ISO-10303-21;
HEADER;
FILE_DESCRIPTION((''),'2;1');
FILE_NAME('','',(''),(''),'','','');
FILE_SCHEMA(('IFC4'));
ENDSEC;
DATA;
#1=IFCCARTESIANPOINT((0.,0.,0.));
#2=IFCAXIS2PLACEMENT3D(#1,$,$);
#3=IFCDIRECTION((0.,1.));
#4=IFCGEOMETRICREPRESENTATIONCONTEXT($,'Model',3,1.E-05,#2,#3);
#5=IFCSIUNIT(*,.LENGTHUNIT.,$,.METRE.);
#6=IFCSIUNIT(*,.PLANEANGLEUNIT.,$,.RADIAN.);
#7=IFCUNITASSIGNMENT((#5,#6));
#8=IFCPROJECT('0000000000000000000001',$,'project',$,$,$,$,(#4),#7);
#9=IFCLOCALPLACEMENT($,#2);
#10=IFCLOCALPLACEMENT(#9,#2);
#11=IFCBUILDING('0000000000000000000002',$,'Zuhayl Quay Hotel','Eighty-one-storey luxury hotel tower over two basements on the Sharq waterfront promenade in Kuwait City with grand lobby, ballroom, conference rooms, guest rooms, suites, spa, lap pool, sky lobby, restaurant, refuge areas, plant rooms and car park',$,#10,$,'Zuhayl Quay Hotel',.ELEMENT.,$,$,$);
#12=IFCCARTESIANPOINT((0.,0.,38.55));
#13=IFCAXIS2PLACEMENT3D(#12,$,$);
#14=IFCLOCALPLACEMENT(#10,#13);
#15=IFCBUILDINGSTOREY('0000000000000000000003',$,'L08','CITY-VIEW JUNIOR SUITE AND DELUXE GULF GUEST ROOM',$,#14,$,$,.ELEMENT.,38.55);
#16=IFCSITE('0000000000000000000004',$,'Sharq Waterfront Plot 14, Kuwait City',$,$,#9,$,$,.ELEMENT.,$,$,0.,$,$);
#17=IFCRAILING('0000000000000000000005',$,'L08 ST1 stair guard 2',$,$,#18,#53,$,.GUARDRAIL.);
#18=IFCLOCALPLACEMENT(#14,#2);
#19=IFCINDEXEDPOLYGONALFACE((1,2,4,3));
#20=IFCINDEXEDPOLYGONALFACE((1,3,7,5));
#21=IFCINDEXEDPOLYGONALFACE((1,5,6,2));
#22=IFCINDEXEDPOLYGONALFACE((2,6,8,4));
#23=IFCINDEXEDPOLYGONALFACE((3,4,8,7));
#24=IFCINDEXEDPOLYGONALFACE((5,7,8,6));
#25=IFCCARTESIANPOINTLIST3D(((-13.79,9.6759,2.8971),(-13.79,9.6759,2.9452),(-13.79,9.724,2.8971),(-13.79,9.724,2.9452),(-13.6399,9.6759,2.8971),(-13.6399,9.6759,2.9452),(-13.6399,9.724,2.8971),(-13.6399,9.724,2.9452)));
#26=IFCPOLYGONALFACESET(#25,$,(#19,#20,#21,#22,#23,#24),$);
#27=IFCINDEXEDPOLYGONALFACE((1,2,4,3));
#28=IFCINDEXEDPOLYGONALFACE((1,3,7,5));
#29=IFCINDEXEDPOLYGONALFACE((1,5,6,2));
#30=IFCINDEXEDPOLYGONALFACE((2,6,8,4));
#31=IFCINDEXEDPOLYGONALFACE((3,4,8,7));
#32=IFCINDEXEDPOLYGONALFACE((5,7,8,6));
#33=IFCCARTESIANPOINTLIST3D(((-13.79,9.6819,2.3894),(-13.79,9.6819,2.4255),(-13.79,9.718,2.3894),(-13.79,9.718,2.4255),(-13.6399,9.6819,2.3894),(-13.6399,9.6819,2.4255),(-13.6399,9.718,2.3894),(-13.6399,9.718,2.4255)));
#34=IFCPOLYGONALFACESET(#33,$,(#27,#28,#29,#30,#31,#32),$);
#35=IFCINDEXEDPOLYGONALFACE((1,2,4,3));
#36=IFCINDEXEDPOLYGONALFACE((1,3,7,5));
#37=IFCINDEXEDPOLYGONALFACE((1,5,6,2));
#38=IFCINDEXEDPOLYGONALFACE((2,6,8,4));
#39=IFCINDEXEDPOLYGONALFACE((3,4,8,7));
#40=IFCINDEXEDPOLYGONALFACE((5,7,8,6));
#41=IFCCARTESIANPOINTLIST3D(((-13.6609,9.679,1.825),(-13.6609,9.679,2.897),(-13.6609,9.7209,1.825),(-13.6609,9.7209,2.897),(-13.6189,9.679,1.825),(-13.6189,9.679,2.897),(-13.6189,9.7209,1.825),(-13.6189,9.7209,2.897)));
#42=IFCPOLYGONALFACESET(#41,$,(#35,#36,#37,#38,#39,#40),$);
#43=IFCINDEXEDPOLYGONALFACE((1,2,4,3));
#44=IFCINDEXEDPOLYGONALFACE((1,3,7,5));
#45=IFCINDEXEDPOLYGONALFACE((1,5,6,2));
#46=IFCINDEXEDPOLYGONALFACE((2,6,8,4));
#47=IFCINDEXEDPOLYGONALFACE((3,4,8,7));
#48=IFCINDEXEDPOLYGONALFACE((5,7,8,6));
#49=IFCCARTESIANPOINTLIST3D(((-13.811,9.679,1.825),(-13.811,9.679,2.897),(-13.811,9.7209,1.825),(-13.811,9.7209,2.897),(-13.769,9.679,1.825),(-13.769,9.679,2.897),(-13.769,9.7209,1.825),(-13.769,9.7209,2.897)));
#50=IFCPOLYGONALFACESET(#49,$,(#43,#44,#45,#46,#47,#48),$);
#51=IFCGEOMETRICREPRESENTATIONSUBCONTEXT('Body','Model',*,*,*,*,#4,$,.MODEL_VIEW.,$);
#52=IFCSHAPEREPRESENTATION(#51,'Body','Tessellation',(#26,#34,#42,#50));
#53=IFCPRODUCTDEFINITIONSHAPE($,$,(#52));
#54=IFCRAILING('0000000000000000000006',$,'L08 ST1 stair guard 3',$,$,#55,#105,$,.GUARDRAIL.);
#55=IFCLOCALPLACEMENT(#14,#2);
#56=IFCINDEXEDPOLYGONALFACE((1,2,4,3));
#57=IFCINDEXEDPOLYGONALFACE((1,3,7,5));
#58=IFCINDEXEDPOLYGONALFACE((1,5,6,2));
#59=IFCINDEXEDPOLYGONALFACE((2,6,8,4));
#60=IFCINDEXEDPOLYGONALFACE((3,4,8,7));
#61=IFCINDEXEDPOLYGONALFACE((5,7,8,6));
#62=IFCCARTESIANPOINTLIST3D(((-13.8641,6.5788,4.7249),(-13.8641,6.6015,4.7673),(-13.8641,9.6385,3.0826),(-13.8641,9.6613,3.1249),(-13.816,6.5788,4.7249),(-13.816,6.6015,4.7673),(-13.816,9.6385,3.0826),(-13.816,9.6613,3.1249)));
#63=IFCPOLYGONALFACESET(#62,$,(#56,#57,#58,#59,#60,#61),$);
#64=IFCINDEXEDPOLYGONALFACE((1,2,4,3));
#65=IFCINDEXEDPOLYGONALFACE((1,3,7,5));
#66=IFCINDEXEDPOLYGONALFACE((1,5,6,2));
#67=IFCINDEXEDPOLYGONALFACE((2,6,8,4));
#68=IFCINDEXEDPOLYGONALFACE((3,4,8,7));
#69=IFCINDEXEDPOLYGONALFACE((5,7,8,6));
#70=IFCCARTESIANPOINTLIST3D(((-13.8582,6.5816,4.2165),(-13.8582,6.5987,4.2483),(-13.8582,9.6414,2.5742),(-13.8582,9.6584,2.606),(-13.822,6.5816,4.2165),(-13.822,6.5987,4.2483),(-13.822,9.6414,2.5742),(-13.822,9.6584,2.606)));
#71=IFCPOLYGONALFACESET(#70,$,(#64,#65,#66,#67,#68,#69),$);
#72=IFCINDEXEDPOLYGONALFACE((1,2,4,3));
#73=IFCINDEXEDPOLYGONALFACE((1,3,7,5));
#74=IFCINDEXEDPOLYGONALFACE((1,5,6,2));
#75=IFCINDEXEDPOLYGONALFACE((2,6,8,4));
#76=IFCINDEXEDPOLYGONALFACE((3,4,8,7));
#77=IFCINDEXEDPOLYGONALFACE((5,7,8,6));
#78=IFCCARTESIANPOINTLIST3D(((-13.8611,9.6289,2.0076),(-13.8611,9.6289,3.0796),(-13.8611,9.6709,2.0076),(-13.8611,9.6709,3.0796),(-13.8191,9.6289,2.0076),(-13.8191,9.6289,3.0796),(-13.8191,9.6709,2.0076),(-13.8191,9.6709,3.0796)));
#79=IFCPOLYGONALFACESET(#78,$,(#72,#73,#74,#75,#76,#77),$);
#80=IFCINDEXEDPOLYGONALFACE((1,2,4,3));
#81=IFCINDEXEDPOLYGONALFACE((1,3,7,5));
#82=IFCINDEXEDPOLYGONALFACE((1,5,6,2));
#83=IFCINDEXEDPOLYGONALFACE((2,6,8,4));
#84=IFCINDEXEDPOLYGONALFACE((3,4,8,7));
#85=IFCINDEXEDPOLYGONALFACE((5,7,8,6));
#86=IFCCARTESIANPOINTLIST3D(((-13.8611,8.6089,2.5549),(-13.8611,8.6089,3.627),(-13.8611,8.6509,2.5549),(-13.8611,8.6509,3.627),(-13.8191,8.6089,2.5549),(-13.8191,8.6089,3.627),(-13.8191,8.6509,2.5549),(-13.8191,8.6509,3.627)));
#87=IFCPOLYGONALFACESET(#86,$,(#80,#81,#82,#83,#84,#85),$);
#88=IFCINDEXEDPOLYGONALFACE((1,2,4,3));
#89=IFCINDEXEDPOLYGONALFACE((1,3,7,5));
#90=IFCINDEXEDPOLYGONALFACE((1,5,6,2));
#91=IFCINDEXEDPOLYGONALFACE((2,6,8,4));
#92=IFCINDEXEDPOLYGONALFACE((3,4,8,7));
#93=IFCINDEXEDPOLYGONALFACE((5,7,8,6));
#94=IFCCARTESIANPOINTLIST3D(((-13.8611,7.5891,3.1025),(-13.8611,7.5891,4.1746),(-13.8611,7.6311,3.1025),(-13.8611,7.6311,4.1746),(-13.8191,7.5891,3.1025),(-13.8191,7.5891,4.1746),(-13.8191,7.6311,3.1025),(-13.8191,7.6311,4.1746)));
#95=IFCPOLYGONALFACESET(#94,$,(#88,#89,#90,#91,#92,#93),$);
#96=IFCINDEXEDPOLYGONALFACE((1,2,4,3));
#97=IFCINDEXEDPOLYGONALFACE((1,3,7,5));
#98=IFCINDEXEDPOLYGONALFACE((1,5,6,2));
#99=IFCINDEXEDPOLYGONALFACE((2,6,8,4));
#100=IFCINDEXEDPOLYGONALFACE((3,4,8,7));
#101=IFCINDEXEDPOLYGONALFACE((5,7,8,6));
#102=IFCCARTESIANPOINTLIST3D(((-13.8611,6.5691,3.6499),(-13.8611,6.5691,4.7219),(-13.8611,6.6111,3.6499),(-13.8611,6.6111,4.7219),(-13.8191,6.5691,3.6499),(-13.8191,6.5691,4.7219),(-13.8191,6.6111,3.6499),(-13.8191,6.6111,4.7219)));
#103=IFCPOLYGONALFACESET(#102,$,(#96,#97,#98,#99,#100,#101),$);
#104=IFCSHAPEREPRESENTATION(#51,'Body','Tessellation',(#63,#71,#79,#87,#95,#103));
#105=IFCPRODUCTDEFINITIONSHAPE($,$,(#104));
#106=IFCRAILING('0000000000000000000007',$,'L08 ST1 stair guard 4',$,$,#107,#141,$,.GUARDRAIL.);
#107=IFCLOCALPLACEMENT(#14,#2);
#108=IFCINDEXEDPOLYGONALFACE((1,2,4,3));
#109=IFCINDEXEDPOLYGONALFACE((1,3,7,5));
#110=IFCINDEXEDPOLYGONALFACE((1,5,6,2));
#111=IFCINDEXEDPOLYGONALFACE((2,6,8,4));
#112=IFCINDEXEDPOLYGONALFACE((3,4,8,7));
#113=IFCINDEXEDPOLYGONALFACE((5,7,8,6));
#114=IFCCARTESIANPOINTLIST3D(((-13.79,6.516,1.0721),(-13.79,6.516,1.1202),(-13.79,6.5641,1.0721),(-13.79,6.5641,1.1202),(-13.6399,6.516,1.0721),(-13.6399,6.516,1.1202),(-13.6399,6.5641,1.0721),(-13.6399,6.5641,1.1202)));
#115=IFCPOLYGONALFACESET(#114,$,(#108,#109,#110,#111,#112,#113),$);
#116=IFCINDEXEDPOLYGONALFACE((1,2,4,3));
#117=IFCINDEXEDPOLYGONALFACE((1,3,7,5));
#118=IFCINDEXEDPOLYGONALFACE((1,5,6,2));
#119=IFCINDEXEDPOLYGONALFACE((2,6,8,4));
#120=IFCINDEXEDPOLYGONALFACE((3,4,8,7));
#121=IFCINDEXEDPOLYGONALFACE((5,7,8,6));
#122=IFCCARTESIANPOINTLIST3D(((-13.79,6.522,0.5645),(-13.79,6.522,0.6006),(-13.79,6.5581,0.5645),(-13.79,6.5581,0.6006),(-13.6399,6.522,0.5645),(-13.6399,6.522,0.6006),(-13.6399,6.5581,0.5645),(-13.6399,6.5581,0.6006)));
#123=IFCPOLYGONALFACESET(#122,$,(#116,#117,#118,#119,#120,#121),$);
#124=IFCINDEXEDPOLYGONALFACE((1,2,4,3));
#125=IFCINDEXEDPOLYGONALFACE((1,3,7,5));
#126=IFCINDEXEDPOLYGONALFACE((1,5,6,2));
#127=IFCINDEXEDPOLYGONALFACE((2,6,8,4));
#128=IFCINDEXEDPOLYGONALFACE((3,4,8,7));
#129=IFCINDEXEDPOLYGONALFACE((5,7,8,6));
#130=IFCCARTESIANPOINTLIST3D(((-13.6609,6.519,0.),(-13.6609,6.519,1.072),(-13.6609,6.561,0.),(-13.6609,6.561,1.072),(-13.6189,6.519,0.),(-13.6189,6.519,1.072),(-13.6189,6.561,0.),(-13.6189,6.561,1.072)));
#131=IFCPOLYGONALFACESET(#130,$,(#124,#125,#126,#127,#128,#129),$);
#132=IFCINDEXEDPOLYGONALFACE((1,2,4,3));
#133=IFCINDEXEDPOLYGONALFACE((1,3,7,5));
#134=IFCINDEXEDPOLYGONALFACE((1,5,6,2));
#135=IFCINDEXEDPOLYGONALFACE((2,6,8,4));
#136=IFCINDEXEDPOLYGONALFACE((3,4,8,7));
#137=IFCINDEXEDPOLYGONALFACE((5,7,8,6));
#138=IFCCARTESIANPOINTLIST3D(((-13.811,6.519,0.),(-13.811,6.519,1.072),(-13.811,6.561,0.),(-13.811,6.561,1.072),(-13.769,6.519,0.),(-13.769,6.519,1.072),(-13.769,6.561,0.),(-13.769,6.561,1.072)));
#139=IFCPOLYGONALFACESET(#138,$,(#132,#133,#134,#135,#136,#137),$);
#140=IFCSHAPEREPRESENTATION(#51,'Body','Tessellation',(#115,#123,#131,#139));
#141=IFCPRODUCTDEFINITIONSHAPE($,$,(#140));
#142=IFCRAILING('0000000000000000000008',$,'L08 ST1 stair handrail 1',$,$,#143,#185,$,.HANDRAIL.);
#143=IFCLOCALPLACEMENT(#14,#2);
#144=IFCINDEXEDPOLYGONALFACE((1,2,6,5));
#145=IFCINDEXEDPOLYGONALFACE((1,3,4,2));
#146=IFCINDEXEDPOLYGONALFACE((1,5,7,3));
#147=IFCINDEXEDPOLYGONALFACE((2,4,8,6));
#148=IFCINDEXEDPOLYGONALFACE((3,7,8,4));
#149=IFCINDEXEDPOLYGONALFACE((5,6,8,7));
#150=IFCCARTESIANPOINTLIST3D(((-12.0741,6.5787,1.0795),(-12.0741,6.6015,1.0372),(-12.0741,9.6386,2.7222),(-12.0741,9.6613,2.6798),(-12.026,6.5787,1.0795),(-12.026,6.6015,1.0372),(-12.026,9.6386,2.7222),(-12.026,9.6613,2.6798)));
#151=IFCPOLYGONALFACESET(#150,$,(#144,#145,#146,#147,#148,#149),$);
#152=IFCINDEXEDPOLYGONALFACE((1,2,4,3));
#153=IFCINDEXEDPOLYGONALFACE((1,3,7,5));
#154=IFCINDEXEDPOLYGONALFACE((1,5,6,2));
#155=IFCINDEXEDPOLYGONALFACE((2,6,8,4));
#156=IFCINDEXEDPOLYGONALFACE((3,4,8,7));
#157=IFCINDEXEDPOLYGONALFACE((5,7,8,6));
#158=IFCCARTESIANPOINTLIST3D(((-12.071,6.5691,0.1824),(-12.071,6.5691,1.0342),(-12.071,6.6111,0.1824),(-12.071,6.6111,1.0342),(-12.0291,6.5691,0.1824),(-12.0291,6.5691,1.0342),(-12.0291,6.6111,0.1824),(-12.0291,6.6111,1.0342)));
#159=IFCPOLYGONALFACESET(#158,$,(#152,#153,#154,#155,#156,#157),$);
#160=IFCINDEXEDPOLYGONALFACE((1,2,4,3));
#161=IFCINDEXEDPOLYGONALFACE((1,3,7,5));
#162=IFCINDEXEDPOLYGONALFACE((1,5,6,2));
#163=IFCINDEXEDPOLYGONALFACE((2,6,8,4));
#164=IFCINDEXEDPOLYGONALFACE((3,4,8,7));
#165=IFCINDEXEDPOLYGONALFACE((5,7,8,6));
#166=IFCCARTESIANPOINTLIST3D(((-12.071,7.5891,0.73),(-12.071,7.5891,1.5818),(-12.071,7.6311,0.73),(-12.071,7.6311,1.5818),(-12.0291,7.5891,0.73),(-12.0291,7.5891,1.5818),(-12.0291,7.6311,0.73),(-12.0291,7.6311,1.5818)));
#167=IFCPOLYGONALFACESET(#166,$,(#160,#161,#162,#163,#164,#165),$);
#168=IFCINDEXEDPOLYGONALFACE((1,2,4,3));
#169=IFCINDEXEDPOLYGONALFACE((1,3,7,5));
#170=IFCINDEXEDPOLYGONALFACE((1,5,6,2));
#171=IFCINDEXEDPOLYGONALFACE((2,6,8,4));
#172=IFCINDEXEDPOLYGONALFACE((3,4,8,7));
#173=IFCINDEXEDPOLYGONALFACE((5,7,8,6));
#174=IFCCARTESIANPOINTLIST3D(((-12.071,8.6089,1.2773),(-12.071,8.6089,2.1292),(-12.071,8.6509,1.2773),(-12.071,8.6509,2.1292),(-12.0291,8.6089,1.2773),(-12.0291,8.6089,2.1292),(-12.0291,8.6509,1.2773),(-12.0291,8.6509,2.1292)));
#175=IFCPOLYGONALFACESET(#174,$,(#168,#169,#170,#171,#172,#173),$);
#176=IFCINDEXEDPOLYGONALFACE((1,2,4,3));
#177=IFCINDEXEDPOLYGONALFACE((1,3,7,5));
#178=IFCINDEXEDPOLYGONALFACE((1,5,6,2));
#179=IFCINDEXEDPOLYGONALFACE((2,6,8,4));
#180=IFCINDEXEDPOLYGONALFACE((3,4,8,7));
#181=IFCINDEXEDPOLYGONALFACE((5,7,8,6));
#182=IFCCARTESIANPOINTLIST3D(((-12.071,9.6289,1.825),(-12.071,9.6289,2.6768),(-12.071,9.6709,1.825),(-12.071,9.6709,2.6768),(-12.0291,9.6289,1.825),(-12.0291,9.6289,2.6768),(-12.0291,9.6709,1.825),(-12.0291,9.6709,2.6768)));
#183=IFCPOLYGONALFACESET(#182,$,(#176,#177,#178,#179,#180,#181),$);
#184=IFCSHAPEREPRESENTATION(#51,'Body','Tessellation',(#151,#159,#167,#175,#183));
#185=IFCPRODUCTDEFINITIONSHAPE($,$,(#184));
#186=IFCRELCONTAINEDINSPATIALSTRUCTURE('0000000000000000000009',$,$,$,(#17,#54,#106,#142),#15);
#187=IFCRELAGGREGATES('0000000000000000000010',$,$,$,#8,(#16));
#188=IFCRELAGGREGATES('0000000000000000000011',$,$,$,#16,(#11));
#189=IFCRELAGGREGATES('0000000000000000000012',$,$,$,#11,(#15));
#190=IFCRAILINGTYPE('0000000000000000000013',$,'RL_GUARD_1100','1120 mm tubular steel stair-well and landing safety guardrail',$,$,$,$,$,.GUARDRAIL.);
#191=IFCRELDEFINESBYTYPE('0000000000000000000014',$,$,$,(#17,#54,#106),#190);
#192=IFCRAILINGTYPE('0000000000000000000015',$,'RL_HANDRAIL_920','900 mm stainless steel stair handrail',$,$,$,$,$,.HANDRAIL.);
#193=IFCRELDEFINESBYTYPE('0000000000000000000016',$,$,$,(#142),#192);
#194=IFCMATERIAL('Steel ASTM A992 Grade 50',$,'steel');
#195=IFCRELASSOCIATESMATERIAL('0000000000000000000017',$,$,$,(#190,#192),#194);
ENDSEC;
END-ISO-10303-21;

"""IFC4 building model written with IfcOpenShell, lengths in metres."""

from ifc_helpers import new_model, si_unit, direction, frame, origin, origin_2d, place, context, subcontext, project, spatial, rectangle, extrude, material, type_object, element, save


model = new_model("IFC4")

# Units and contexts
model_context = context("Model", 3, precision=1e-05, world=origin(), true_north=direction((0.0, 1.0)))
body_context = subcontext(model_context, "Body", "Model", "MODEL_VIEW")
ifc_project = project(units=[si_unit("LENGTHUNIT", "METRE"), si_unit("PLANEANGLEUNIT", "RADIAN")], contexts=[model_context])

# Site, building, storey
site_placement = place(None, origin())
site = spatial("IfcSite", under=ifc_project, at=site_placement, Name="Sharq Waterfront Plot 14, Kuwait City", CompositionType="ELEMENT", RefElevation=0.0)
building_placement = place(site_placement, origin())
building = spatial("IfcBuilding", under=site, at=building_placement, Name="Zuhayl Quay Hotel", Description="Eighty-one-storey luxury hotel tower over two basements on the Sharq waterfront promenade in Kuwait City with grand lobby, ballroom, conference rooms, guest rooms, suites, spa, lap pool, sky lobby, restaurant, refuge areas, plant rooms and car park", LongName="Zuhayl Quay Hotel", CompositionType="ELEMENT")
storey_placement = place(building_placement, frame((0.0, 0.0, 38.55)))
storey = spatial("IfcBuildingStorey", under=building, at=storey_placement, Name="L08", Description="CITY-VIEW JUNIOR SUITE AND DELUXE GULF GUEST ROOM", CompositionType="ELEMENT", Elevation=38.55)

# Shared definitions
ifc_material_1 = material(Name="Steel ASTM A992 Grade 50", Category="steel")

# Railings
railing_type_1 = type_object("IfcRailingType", Name="RL_GUARD_1100", Description="1120 mm tubular steel stair-well and landing safety guardrail", PredefinedType="GUARDRAIL", material=ifc_material_1)
railing_1_placement = place(storey_placement, frame((-13.6399, 9.7, 1.825)))
element("IfcRailing", 1, at=railing_1_placement, inside=storey, type_object=railing_type_1, Name="L08 ST1 stair guard 2", PredefinedType="GUARDRAIL", context=body_context, shape_type="SweptSolid", body=[
    extrude(rectangle(XDim=0.0481, YDim=0.0481, at=origin_2d()), frame((0.0, 0.0, 1.0962), z_axis=(-1.0, 0.0, 0.0), x_axis=(0.0, -1.0, 0.0)), (0.0, 0.0, 1.0), 0.1501),
    extrude(rectangle(XDim=0.0361, YDim=0.0361, at=origin_2d()), frame((0.0, 0.0, 0.5825), z_axis=(-1.0, 0.0, 0.0), x_axis=(0.0, -1.0, 0.0)), (0.0, 0.0, 1.0), 0.1501),
    extrude(rectangle(XDim=0.042, YDim=0.042, at=origin_2d()), origin(), (0.0, 0.0, 1.0), 1.072),
    extrude(rectangle(XDim=0.042, YDim=0.042, at=origin_2d()), frame((-0.1501, 0.0, 0.0)), (0.0, 0.0, 1.0), 1.072),
])
railing_2_placement = place(storey_placement, frame((-13.8401, 9.6499, 2.0076)))
element("IfcRailing", 2, at=railing_2_placement, inside=storey, type_object=railing_type_1, Name="L08 ST1 stair guard 3", PredefinedType="GUARDRAIL", context=body_context, shape_type="SweptSolid", body=[
    extrude(rectangle(XDim=0.0481, YDim=0.0481, at=origin_2d()), frame((0.0, 0.0, 1.0962), z_axis=(0.0, -0.881102, 0.472926), x_axis=(1.0, 0.0, 0.0)), (0.0, 0.0, 1.0), 3.4727),
    extrude(rectangle(XDim=0.0361, YDim=0.0361, at=origin_2d()), frame((0.0, 0.0, 0.5825), z_axis=(0.0, -0.881102, 0.472926), x_axis=(1.0, 0.0, 0.0)), (0.0, 0.0, 1.0), 3.4727),
    extrude(rectangle(XDim=0.042, YDim=0.042, at=origin_2d()), origin(), (0.0, 0.0, 1.0), 1.072),
    extrude(rectangle(XDim=0.042, YDim=0.042, at=origin_2d()), frame((0.0, -1.02, 0.5474)), (0.0, 0.0, 1.0), 1.072),
    extrude(rectangle(XDim=0.042, YDim=0.042, at=origin_2d()), frame((0.0, -2.0398, 1.095)), (0.0, 0.0, 1.0), 1.072),
    extrude(rectangle(XDim=0.042, YDim=0.042, at=origin_2d()), frame((0.0, -3.0598, 1.6423)), (0.0, 0.0, 1.0), 1.072),
])
railing_3_placement = place(storey_placement, frame((-13.6399, 6.54, 0.0)))
element("IfcRailing", 3, at=railing_3_placement, inside=storey, type_object=railing_type_1, Name="L08 ST1 stair guard 4", PredefinedType="GUARDRAIL", context=body_context, shape_type="SweptSolid", body=[
    extrude(rectangle(XDim=0.0481, YDim=0.0481, at=origin_2d()), frame((0.0, 0.0, 1.0962), z_axis=(-1.0, 0.0, 0.0), x_axis=(0.0, -1.0, 0.0)), (0.0, 0.0, 1.0), 0.1501),
    extrude(rectangle(XDim=0.0361, YDim=0.0361, at=origin_2d()), frame((0.0, 0.0, 0.5825), z_axis=(-1.0, 0.0, 0.0), x_axis=(0.0, -1.0, 0.0)), (0.0, 0.0, 1.0), 0.1501),
    extrude(rectangle(XDim=0.042, YDim=0.042, at=origin_2d()), origin(), (0.0, 0.0, 1.0), 1.072),
    extrude(rectangle(XDim=0.042, YDim=0.042, at=origin_2d()), frame((-0.1501, 0.0, 0.0)), (0.0, 0.0, 1.0), 1.072),
])
railing_type_2 = type_object("IfcRailingType", Name="RL_HANDRAIL_920", Description="900 mm stainless steel stair handrail", PredefinedType="HANDRAIL", material=ifc_material_1)
railing_4_placement = place(storey_placement, frame((-12.05, 6.5901, 0.1824)))
element("IfcRailing", 4, at=railing_4_placement, inside=storey, type_object=railing_type_2, Name="L08 ST1 stair handrail 1", PredefinedType="HANDRAIL", context=body_context, shape_type="SweptSolid", body=[
    extrude(rectangle(XDim=0.0481, YDim=0.0481, at=origin_2d()), frame((0.0, 0.0, 0.876), z_axis=(0.0, 0.881073, 0.47298), x_axis=(-1.0, 0.0, 0.0)), (0.0, 0.0, 1.0), 3.4729),
    extrude(rectangle(XDim=0.042, YDim=0.042, at=origin_2d()), origin(), (0.0, 0.0, 1.0), 0.8518),
    extrude(rectangle(XDim=0.042, YDim=0.042, at=origin_2d()), frame((0.0, 1.02, 0.5476)), (0.0, 0.0, 1.0), 0.8518),
    extrude(rectangle(XDim=0.042, YDim=0.042, at=origin_2d()), frame((0.0, 2.0398, 1.095)), (0.0, 0.0, 1.0), 0.8518),
    extrude(rectangle(XDim=0.042, YDim=0.042, at=origin_2d()), frame((0.0, 3.0598, 1.6426)), (0.0, 0.0, 1.0), 0.8518),
])

save(model, "model.ifc")
